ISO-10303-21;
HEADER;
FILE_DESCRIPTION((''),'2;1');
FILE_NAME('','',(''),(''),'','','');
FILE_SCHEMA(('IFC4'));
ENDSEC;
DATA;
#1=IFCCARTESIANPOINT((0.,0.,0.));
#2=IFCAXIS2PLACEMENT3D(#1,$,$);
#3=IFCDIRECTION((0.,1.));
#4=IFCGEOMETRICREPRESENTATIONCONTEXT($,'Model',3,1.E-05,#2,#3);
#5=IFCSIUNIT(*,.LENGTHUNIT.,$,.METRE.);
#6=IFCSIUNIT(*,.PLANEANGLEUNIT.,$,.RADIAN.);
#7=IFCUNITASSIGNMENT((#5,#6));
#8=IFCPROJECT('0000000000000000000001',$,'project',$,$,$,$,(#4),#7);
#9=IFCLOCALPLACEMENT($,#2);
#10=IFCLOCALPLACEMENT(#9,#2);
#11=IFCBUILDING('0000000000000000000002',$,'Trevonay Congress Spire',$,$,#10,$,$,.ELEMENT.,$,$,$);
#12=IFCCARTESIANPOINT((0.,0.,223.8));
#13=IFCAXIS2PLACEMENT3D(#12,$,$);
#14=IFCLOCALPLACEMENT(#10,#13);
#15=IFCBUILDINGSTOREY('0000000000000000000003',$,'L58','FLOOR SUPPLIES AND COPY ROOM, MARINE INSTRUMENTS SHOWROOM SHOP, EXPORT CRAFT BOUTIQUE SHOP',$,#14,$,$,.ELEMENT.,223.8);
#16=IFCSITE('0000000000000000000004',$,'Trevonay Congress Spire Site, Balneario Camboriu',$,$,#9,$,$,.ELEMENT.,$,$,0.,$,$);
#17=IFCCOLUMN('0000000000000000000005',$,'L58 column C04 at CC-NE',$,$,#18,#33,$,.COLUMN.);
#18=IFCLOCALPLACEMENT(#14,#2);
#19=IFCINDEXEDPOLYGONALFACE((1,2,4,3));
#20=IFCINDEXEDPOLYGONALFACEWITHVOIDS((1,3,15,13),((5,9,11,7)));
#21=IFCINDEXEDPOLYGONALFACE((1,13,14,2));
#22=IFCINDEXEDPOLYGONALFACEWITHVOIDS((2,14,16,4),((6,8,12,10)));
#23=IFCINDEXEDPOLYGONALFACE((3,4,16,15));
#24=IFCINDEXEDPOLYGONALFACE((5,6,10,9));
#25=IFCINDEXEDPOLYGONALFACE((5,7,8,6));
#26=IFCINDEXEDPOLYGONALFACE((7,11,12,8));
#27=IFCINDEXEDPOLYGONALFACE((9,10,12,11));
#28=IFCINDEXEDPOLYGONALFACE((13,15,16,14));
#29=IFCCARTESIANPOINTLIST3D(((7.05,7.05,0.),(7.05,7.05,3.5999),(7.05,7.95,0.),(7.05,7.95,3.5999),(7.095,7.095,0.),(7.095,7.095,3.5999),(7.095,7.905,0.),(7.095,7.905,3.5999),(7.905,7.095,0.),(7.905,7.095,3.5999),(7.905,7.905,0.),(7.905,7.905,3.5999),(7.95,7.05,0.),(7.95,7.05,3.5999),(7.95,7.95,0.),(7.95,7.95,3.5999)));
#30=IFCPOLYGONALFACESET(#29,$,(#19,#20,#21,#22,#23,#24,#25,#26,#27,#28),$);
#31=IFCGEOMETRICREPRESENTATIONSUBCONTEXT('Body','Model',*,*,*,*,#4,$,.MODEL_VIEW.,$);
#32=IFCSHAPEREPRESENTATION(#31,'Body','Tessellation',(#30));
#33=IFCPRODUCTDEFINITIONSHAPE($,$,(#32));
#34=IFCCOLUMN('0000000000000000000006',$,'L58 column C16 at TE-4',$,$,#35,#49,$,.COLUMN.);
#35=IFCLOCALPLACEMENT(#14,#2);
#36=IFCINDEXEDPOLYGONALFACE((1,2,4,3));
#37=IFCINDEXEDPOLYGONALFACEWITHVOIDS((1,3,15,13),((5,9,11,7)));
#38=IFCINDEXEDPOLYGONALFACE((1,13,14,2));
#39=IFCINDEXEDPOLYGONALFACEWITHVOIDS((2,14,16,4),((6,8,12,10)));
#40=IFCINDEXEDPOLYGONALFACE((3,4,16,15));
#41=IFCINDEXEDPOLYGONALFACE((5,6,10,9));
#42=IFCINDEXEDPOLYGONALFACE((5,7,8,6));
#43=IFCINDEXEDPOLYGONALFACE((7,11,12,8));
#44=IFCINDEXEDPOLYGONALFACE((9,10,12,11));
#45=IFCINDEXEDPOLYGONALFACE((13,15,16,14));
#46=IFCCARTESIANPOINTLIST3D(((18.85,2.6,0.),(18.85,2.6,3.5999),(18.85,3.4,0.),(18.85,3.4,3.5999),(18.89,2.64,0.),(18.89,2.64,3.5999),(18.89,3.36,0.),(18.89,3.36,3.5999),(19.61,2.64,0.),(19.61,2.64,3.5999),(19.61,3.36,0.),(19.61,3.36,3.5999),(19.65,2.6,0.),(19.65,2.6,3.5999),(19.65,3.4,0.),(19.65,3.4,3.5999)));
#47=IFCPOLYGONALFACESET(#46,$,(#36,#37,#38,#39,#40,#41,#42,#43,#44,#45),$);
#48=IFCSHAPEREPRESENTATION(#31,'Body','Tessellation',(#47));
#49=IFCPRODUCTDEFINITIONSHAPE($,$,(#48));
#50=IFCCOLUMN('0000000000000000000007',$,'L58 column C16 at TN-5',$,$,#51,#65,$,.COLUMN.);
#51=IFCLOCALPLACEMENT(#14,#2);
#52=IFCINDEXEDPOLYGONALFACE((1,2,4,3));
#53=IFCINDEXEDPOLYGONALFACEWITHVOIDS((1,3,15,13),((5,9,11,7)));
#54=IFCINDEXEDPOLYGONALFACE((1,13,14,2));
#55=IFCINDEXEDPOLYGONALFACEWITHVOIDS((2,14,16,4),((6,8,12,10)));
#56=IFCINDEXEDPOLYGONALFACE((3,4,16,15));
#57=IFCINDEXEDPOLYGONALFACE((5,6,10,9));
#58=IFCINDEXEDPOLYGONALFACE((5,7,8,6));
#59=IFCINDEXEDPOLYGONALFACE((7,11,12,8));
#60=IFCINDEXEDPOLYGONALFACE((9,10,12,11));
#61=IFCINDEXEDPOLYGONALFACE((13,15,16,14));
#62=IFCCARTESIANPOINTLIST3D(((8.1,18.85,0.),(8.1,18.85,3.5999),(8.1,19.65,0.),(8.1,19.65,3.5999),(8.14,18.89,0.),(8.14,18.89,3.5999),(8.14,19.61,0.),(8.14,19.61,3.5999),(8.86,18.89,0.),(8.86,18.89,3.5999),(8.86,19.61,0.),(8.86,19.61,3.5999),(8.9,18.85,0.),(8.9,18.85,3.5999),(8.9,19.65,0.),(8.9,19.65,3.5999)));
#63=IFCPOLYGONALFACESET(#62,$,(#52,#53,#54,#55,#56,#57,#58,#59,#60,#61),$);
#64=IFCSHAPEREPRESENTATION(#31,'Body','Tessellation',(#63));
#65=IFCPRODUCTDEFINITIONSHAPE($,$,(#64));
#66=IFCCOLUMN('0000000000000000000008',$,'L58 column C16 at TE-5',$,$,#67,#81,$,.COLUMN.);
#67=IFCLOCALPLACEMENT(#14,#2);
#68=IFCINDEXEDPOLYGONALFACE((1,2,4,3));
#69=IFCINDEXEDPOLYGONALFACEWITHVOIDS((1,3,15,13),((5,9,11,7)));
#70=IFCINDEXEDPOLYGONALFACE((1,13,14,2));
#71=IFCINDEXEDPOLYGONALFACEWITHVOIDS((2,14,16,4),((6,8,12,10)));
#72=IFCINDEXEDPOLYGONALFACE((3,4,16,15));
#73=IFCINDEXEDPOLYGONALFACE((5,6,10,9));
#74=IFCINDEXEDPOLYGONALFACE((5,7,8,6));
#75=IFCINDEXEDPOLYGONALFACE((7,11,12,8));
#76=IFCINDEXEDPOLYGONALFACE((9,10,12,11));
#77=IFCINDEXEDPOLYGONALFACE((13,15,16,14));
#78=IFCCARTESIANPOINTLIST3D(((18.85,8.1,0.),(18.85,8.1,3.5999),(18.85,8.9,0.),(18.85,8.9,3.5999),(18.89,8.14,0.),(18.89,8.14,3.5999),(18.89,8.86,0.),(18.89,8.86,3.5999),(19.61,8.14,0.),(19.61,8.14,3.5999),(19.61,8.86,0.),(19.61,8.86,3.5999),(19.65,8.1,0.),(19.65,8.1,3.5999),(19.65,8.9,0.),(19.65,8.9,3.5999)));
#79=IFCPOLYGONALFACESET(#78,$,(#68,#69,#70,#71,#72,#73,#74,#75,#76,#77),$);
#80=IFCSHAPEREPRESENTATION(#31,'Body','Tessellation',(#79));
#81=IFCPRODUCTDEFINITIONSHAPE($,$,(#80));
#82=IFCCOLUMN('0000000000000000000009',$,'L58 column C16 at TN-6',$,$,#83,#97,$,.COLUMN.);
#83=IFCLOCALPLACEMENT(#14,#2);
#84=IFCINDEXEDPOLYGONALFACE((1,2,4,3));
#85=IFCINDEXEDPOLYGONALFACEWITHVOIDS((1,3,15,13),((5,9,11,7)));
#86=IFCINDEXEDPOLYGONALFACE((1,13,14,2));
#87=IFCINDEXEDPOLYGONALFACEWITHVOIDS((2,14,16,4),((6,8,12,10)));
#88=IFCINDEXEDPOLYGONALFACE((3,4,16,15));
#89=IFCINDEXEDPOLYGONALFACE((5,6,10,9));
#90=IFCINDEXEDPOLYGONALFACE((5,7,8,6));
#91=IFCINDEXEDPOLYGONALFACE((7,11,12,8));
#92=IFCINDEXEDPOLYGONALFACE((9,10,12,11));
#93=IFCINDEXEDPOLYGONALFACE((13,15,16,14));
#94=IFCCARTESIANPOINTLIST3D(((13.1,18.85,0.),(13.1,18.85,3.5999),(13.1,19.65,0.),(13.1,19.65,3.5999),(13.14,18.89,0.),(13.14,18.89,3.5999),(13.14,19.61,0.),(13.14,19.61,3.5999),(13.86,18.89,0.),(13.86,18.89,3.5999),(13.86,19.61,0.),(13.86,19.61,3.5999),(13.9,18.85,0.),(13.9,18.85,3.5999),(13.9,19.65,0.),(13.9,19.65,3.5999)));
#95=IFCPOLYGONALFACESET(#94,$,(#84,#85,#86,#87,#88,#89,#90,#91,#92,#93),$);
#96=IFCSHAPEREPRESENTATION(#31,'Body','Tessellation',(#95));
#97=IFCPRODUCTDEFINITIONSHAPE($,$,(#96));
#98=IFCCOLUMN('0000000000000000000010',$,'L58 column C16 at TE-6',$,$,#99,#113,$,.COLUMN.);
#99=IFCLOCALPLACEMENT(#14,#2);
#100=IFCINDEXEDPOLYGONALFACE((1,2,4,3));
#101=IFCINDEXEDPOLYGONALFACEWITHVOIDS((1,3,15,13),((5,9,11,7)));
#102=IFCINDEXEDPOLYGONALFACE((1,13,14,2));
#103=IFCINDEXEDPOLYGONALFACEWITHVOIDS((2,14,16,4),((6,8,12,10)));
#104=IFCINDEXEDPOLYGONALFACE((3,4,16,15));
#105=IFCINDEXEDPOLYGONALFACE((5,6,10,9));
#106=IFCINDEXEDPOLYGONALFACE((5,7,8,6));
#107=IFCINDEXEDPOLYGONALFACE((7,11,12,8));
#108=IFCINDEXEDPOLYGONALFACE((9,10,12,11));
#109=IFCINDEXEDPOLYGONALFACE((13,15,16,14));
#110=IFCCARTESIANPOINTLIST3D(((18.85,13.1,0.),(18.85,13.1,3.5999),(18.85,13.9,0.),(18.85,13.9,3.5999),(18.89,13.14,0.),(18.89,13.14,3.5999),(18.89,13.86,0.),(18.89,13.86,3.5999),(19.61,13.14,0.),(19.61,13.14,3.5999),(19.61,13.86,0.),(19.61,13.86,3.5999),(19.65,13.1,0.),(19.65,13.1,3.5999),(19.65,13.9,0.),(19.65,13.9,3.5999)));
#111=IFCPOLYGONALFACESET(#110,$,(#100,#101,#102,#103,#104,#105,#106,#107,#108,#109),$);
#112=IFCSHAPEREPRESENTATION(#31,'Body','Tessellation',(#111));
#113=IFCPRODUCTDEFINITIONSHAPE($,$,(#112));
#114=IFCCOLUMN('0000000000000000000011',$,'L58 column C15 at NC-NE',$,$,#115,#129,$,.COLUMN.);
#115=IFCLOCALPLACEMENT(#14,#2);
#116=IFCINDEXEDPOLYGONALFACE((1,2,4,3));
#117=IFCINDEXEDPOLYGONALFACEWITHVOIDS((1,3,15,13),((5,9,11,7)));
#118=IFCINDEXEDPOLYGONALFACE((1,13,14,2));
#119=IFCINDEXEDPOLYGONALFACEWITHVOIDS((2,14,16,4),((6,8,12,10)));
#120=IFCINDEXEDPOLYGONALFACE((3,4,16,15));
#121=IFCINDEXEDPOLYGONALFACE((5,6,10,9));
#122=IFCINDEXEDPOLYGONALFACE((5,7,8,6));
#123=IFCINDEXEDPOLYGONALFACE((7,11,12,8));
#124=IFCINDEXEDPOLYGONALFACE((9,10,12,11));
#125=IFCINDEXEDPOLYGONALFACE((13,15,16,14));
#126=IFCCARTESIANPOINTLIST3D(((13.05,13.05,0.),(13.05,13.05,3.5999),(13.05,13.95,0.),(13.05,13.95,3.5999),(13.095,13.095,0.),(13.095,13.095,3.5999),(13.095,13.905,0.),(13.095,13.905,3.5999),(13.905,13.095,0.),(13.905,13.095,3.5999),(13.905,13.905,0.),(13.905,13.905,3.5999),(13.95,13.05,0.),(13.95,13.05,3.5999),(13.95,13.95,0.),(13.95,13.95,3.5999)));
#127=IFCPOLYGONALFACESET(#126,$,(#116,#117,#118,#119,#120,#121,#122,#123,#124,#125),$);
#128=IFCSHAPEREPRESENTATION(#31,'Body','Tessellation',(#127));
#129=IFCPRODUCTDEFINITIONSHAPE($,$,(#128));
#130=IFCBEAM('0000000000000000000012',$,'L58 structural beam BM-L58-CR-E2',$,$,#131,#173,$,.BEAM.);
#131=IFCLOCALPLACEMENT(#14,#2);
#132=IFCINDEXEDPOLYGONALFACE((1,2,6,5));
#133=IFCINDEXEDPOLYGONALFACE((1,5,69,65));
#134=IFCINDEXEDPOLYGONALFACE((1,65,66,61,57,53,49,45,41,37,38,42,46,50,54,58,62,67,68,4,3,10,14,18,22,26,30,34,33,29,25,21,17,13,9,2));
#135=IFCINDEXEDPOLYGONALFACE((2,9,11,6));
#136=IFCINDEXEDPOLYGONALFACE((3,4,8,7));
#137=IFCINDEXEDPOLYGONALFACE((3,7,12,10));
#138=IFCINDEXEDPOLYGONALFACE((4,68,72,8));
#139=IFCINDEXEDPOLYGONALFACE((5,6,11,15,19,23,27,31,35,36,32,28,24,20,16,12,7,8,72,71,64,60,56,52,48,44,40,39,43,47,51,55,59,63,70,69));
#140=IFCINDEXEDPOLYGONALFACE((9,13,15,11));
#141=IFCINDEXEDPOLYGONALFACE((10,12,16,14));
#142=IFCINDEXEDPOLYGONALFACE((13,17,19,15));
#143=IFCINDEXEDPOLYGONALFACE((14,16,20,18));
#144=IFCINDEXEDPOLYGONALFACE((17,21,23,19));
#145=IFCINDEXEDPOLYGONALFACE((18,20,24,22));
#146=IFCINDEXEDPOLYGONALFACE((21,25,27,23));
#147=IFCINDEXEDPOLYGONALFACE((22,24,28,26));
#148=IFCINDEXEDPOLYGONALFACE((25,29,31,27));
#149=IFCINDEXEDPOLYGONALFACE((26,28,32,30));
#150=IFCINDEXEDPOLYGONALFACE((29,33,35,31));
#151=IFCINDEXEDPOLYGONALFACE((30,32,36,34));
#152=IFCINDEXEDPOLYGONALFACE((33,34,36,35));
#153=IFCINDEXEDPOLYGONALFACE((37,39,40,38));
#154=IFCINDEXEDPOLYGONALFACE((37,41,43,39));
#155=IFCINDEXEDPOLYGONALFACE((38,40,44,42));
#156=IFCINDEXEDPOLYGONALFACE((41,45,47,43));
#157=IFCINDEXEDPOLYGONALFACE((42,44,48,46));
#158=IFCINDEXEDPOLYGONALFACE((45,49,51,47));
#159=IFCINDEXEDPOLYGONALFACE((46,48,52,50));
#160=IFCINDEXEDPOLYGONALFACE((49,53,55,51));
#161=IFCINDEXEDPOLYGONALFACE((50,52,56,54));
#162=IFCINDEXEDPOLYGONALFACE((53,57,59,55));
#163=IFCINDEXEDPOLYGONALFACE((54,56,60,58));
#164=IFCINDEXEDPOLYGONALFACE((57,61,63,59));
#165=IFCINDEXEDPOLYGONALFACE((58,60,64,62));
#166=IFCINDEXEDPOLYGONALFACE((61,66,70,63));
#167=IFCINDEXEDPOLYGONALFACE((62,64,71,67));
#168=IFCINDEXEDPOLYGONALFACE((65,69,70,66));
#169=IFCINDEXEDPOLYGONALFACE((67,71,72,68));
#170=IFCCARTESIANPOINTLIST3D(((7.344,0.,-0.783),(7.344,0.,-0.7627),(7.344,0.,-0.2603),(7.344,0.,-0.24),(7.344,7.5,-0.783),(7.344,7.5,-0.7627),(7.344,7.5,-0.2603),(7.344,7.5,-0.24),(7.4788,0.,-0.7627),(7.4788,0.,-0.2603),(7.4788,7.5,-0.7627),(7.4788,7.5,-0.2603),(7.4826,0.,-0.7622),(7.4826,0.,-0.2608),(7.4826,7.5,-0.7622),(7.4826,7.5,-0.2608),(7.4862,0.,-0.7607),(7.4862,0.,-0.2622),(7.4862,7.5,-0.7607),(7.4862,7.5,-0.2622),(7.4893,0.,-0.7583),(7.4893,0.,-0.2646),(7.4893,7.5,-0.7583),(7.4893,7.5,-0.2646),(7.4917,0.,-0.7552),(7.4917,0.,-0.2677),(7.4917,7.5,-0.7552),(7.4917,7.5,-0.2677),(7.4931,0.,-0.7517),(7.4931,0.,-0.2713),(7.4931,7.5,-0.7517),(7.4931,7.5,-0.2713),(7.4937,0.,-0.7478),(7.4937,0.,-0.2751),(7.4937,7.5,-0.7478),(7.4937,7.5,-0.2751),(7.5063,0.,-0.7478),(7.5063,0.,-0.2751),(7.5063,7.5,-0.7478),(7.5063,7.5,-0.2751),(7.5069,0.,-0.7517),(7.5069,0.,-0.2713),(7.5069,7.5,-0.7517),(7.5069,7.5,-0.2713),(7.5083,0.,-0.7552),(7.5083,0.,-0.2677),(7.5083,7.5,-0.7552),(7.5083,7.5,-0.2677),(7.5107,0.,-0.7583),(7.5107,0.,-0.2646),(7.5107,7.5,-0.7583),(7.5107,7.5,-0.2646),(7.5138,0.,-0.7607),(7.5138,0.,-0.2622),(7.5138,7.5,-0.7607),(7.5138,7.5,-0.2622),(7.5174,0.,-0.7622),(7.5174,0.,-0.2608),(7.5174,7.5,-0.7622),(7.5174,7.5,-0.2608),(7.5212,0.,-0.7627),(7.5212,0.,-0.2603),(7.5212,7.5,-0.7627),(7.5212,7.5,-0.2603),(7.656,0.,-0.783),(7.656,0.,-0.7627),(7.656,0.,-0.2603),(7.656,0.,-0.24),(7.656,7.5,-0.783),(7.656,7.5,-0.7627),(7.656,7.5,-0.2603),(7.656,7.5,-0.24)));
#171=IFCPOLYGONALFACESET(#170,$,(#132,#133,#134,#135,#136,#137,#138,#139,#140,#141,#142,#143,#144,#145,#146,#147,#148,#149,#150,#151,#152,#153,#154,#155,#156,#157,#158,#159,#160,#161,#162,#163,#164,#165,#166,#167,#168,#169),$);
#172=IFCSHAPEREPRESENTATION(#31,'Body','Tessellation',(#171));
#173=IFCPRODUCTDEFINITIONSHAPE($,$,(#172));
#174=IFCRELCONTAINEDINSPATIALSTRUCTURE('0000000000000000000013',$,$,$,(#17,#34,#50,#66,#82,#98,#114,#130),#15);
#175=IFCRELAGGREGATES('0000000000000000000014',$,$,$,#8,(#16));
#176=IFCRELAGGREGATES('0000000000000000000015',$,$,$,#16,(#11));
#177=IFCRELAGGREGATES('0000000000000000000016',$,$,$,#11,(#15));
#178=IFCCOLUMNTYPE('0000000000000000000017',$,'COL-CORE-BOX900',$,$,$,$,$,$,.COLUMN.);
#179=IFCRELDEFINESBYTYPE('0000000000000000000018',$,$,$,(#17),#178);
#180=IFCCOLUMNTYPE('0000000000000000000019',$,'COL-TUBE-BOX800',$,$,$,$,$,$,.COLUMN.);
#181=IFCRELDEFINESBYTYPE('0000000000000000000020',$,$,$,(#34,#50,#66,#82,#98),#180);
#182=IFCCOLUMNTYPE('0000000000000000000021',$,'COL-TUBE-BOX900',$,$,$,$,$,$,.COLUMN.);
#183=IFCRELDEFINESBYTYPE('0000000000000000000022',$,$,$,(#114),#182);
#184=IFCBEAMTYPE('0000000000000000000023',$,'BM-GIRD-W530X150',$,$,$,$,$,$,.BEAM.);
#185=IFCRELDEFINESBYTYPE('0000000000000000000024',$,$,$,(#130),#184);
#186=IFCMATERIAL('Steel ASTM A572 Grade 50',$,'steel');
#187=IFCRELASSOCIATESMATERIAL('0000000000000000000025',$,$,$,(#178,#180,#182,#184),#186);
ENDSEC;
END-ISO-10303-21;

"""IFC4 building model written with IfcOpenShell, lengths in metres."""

from ifc_helpers import new_model, si_unit, direction, frame, origin, origin_2d, place, context, subcontext, project, spatial, hollow_rectangle, i_section, extrude, material, material_profile, profile_set, type_object, element, save


model = new_model("IFC4")

# Units and contexts
model_context = context("Model", 3, precision=1e-05, world=origin(), true_north=direction((0.0, 1.0)))
body_context = subcontext(model_context, "Body", "Model", "MODEL_VIEW")
ifc_project = project(units=[si_unit("LENGTHUNIT", "METRE"), si_unit("PLANEANGLEUNIT", "RADIAN")], contexts=[model_context])

# Site, building, storey
site_placement = place(None, origin())
site = spatial("IfcSite", under=ifc_project, at=site_placement, Name="Trevonay Congress Spire Site, Balneario Camboriu", CompositionType="ELEMENT", RefElevation=0.0)
building_placement = place(site_placement, origin())
building = spatial("IfcBuilding", under=site, at=building_placement, Name="Trevonay Congress Spire", CompositionType="ELEMENT")
storey_placement = place(building_placement, frame((0.0, 0.0, 223.8)))
storey = spatial("IfcBuildingStorey", under=building, at=storey_placement, Name="L58", Description="FLOOR SUPPLIES AND COPY ROOM, MARINE INSTRUMENTS SHOWROOM SHOP, EXPORT CRAFT BOUTIQUE SHOP", CompositionType="ELEMENT", Elevation=223.8)

# Columns
ifc_material_1 = material(Name="Steel ASTM A572 Grade 50", Category="steel")
ifc_material_profile_1 = material_profile(ifc_material_1, hollow_rectangle(XDim=0.8999, YDim=0.8999, WallThickness=0.0449, at=origin_2d()), Name="BOX 900x900x45")
ifc_profile_set_1 = profile_set([ifc_material_profile_1], Name="Steel ASTM A572 Grade 50")
column_type_1 = type_object("IfcColumnType", Name="COL-CORE-BOX900", PredefinedType="COLUMN", material=ifc_profile_set_1)
column_1_placement = place(storey_placement, frame((7.5, 7.5, 0.0), z_axis=(0.0, 0.0, 1.0), x_axis=(1.0, 0.0, 0.0)))
element("IfcColumn", 1, at=column_1_placement, inside=storey, type_object=column_type_1, Name="L58 column C04 at CC-NE", PredefinedType="COLUMN", context=body_context, shape_type="SweptSolid", body=[
    extrude(hollow_rectangle(XDim=0.8999, YDim=0.8999, WallThickness=0.0449, at=origin_2d()), origin(), (0.0, 0.0, 1.0), 3.5999),
])
ifc_material_profile_2 = material_profile(ifc_material_1, hollow_rectangle(XDim=0.8, YDim=0.8, WallThickness=0.04, at=origin_2d()), Name="BOX 800x800x40")
ifc_profile_set_2 = profile_set([ifc_material_profile_2], Name="Steel ASTM A572 Grade 50")
column_type_2 = type_object("IfcColumnType", Name="COL-TUBE-BOX800", PredefinedType="COLUMN", material=ifc_profile_set_2)
for number, where, z_axis, x_axis, name in (
    (2, (19.25, 3.0, 0.0), (0.0, 0.0, 1.0), (1.0, 0.0, 0.0), "L58 column C16 at TE-4"),
    (3, (8.5, 19.25, 0.0), (0.0, 0.0, 1.0), (1.0, 0.0, 0.0), "L58 column C16 at TN-5"),
    (4, (19.25, 8.5, 0.0), (0.0, 0.0, 1.0), (1.0, 0.0, 0.0), "L58 column C16 at TE-5"),
    (5, (13.5, 19.25, 0.0), (0.0, 0.0, 1.0), (1.0, 0.0, 0.0), "L58 column C16 at TN-6"),
    (6, (19.25, 13.5, 0.0), (0.0, 0.0, 1.0), (1.0, 0.0, 0.0), "L58 column C16 at TE-6"),
):
    element("IfcColumn", number, at=place(storey_placement, frame(where, z_axis=z_axis, x_axis=x_axis)), inside=storey, type_object=column_type_2, Name=name, PredefinedType="COLUMN", context=body_context, shape_type="SweptSolid", body=[
        extrude(hollow_rectangle(XDim=0.8, YDim=0.8, WallThickness=0.04, at=origin_2d()), origin(), (0.0, 0.0, 1.0), 3.5999),
    ])
ifc_material_profile_3 = material_profile(ifc_material_1, hollow_rectangle(XDim=0.8999, YDim=0.8999, WallThickness=0.0449, at=origin_2d()), Name="BOX 900x900x45")
ifc_profile_set_3 = profile_set([ifc_material_profile_3], Name="Steel ASTM A572 Grade 50")
column_type_3 = type_object("IfcColumnType", Name="COL-TUBE-BOX900", PredefinedType="COLUMN", material=ifc_profile_set_3)
column_2_placement = place(storey_placement, frame((13.5, 13.5, 0.0), z_axis=(0.0, 0.0, 1.0), x_axis=(1.0, 0.0, 0.0)))
element("IfcColumn", 7, at=column_2_placement, inside=storey, type_object=column_type_3, Name="L58 column C15 at NC-NE", PredefinedType="COLUMN", context=body_context, shape_type="SweptSolid", body=[
    extrude(hollow_rectangle(XDim=0.8999, YDim=0.8999, WallThickness=0.0449, at=origin_2d()), origin(), (0.0, 0.0, 1.0), 3.5999),
])

# Beam
ifc_material_profile_4 = material_profile(ifc_material_1, i_section(OverallWidth=0.312, OverallDepth=0.543, WebThickness=0.0127, FlangeThickness=0.0203, FilletRadius=0.0149, at=origin_2d()), Name="W530x150")
ifc_profile_set_4 = profile_set([ifc_material_profile_4], Name="Steel ASTM A572 Grade 50")
beam_type_1 = type_object("IfcBeamType", Name="BM-GIRD-W530X150", PredefinedType="BEAM", material=ifc_profile_set_4)
beam_1_placement = place(storey_placement, frame((7.5, 0.0, -0.5115), z_axis=(0.0, 1.0, 0.0), x_axis=(-1.0, 0.0, 0.0)))
element("IfcBeam", 8, at=beam_1_placement, inside=storey, type_object=beam_type_1, Name="L58 structural beam BM-L58-CR-E2", PredefinedType="BEAM", context=body_context, shape_type="SweptSolid", body=[
    extrude(i_section(OverallWidth=0.312, OverallDepth=0.543, WebThickness=0.0127, FlangeThickness=0.0203, FilletRadius=0.0149, at=origin_2d()), origin(), (0.0, 0.0, 1.0), 7.5),
])

save(model, "model.ifc")
